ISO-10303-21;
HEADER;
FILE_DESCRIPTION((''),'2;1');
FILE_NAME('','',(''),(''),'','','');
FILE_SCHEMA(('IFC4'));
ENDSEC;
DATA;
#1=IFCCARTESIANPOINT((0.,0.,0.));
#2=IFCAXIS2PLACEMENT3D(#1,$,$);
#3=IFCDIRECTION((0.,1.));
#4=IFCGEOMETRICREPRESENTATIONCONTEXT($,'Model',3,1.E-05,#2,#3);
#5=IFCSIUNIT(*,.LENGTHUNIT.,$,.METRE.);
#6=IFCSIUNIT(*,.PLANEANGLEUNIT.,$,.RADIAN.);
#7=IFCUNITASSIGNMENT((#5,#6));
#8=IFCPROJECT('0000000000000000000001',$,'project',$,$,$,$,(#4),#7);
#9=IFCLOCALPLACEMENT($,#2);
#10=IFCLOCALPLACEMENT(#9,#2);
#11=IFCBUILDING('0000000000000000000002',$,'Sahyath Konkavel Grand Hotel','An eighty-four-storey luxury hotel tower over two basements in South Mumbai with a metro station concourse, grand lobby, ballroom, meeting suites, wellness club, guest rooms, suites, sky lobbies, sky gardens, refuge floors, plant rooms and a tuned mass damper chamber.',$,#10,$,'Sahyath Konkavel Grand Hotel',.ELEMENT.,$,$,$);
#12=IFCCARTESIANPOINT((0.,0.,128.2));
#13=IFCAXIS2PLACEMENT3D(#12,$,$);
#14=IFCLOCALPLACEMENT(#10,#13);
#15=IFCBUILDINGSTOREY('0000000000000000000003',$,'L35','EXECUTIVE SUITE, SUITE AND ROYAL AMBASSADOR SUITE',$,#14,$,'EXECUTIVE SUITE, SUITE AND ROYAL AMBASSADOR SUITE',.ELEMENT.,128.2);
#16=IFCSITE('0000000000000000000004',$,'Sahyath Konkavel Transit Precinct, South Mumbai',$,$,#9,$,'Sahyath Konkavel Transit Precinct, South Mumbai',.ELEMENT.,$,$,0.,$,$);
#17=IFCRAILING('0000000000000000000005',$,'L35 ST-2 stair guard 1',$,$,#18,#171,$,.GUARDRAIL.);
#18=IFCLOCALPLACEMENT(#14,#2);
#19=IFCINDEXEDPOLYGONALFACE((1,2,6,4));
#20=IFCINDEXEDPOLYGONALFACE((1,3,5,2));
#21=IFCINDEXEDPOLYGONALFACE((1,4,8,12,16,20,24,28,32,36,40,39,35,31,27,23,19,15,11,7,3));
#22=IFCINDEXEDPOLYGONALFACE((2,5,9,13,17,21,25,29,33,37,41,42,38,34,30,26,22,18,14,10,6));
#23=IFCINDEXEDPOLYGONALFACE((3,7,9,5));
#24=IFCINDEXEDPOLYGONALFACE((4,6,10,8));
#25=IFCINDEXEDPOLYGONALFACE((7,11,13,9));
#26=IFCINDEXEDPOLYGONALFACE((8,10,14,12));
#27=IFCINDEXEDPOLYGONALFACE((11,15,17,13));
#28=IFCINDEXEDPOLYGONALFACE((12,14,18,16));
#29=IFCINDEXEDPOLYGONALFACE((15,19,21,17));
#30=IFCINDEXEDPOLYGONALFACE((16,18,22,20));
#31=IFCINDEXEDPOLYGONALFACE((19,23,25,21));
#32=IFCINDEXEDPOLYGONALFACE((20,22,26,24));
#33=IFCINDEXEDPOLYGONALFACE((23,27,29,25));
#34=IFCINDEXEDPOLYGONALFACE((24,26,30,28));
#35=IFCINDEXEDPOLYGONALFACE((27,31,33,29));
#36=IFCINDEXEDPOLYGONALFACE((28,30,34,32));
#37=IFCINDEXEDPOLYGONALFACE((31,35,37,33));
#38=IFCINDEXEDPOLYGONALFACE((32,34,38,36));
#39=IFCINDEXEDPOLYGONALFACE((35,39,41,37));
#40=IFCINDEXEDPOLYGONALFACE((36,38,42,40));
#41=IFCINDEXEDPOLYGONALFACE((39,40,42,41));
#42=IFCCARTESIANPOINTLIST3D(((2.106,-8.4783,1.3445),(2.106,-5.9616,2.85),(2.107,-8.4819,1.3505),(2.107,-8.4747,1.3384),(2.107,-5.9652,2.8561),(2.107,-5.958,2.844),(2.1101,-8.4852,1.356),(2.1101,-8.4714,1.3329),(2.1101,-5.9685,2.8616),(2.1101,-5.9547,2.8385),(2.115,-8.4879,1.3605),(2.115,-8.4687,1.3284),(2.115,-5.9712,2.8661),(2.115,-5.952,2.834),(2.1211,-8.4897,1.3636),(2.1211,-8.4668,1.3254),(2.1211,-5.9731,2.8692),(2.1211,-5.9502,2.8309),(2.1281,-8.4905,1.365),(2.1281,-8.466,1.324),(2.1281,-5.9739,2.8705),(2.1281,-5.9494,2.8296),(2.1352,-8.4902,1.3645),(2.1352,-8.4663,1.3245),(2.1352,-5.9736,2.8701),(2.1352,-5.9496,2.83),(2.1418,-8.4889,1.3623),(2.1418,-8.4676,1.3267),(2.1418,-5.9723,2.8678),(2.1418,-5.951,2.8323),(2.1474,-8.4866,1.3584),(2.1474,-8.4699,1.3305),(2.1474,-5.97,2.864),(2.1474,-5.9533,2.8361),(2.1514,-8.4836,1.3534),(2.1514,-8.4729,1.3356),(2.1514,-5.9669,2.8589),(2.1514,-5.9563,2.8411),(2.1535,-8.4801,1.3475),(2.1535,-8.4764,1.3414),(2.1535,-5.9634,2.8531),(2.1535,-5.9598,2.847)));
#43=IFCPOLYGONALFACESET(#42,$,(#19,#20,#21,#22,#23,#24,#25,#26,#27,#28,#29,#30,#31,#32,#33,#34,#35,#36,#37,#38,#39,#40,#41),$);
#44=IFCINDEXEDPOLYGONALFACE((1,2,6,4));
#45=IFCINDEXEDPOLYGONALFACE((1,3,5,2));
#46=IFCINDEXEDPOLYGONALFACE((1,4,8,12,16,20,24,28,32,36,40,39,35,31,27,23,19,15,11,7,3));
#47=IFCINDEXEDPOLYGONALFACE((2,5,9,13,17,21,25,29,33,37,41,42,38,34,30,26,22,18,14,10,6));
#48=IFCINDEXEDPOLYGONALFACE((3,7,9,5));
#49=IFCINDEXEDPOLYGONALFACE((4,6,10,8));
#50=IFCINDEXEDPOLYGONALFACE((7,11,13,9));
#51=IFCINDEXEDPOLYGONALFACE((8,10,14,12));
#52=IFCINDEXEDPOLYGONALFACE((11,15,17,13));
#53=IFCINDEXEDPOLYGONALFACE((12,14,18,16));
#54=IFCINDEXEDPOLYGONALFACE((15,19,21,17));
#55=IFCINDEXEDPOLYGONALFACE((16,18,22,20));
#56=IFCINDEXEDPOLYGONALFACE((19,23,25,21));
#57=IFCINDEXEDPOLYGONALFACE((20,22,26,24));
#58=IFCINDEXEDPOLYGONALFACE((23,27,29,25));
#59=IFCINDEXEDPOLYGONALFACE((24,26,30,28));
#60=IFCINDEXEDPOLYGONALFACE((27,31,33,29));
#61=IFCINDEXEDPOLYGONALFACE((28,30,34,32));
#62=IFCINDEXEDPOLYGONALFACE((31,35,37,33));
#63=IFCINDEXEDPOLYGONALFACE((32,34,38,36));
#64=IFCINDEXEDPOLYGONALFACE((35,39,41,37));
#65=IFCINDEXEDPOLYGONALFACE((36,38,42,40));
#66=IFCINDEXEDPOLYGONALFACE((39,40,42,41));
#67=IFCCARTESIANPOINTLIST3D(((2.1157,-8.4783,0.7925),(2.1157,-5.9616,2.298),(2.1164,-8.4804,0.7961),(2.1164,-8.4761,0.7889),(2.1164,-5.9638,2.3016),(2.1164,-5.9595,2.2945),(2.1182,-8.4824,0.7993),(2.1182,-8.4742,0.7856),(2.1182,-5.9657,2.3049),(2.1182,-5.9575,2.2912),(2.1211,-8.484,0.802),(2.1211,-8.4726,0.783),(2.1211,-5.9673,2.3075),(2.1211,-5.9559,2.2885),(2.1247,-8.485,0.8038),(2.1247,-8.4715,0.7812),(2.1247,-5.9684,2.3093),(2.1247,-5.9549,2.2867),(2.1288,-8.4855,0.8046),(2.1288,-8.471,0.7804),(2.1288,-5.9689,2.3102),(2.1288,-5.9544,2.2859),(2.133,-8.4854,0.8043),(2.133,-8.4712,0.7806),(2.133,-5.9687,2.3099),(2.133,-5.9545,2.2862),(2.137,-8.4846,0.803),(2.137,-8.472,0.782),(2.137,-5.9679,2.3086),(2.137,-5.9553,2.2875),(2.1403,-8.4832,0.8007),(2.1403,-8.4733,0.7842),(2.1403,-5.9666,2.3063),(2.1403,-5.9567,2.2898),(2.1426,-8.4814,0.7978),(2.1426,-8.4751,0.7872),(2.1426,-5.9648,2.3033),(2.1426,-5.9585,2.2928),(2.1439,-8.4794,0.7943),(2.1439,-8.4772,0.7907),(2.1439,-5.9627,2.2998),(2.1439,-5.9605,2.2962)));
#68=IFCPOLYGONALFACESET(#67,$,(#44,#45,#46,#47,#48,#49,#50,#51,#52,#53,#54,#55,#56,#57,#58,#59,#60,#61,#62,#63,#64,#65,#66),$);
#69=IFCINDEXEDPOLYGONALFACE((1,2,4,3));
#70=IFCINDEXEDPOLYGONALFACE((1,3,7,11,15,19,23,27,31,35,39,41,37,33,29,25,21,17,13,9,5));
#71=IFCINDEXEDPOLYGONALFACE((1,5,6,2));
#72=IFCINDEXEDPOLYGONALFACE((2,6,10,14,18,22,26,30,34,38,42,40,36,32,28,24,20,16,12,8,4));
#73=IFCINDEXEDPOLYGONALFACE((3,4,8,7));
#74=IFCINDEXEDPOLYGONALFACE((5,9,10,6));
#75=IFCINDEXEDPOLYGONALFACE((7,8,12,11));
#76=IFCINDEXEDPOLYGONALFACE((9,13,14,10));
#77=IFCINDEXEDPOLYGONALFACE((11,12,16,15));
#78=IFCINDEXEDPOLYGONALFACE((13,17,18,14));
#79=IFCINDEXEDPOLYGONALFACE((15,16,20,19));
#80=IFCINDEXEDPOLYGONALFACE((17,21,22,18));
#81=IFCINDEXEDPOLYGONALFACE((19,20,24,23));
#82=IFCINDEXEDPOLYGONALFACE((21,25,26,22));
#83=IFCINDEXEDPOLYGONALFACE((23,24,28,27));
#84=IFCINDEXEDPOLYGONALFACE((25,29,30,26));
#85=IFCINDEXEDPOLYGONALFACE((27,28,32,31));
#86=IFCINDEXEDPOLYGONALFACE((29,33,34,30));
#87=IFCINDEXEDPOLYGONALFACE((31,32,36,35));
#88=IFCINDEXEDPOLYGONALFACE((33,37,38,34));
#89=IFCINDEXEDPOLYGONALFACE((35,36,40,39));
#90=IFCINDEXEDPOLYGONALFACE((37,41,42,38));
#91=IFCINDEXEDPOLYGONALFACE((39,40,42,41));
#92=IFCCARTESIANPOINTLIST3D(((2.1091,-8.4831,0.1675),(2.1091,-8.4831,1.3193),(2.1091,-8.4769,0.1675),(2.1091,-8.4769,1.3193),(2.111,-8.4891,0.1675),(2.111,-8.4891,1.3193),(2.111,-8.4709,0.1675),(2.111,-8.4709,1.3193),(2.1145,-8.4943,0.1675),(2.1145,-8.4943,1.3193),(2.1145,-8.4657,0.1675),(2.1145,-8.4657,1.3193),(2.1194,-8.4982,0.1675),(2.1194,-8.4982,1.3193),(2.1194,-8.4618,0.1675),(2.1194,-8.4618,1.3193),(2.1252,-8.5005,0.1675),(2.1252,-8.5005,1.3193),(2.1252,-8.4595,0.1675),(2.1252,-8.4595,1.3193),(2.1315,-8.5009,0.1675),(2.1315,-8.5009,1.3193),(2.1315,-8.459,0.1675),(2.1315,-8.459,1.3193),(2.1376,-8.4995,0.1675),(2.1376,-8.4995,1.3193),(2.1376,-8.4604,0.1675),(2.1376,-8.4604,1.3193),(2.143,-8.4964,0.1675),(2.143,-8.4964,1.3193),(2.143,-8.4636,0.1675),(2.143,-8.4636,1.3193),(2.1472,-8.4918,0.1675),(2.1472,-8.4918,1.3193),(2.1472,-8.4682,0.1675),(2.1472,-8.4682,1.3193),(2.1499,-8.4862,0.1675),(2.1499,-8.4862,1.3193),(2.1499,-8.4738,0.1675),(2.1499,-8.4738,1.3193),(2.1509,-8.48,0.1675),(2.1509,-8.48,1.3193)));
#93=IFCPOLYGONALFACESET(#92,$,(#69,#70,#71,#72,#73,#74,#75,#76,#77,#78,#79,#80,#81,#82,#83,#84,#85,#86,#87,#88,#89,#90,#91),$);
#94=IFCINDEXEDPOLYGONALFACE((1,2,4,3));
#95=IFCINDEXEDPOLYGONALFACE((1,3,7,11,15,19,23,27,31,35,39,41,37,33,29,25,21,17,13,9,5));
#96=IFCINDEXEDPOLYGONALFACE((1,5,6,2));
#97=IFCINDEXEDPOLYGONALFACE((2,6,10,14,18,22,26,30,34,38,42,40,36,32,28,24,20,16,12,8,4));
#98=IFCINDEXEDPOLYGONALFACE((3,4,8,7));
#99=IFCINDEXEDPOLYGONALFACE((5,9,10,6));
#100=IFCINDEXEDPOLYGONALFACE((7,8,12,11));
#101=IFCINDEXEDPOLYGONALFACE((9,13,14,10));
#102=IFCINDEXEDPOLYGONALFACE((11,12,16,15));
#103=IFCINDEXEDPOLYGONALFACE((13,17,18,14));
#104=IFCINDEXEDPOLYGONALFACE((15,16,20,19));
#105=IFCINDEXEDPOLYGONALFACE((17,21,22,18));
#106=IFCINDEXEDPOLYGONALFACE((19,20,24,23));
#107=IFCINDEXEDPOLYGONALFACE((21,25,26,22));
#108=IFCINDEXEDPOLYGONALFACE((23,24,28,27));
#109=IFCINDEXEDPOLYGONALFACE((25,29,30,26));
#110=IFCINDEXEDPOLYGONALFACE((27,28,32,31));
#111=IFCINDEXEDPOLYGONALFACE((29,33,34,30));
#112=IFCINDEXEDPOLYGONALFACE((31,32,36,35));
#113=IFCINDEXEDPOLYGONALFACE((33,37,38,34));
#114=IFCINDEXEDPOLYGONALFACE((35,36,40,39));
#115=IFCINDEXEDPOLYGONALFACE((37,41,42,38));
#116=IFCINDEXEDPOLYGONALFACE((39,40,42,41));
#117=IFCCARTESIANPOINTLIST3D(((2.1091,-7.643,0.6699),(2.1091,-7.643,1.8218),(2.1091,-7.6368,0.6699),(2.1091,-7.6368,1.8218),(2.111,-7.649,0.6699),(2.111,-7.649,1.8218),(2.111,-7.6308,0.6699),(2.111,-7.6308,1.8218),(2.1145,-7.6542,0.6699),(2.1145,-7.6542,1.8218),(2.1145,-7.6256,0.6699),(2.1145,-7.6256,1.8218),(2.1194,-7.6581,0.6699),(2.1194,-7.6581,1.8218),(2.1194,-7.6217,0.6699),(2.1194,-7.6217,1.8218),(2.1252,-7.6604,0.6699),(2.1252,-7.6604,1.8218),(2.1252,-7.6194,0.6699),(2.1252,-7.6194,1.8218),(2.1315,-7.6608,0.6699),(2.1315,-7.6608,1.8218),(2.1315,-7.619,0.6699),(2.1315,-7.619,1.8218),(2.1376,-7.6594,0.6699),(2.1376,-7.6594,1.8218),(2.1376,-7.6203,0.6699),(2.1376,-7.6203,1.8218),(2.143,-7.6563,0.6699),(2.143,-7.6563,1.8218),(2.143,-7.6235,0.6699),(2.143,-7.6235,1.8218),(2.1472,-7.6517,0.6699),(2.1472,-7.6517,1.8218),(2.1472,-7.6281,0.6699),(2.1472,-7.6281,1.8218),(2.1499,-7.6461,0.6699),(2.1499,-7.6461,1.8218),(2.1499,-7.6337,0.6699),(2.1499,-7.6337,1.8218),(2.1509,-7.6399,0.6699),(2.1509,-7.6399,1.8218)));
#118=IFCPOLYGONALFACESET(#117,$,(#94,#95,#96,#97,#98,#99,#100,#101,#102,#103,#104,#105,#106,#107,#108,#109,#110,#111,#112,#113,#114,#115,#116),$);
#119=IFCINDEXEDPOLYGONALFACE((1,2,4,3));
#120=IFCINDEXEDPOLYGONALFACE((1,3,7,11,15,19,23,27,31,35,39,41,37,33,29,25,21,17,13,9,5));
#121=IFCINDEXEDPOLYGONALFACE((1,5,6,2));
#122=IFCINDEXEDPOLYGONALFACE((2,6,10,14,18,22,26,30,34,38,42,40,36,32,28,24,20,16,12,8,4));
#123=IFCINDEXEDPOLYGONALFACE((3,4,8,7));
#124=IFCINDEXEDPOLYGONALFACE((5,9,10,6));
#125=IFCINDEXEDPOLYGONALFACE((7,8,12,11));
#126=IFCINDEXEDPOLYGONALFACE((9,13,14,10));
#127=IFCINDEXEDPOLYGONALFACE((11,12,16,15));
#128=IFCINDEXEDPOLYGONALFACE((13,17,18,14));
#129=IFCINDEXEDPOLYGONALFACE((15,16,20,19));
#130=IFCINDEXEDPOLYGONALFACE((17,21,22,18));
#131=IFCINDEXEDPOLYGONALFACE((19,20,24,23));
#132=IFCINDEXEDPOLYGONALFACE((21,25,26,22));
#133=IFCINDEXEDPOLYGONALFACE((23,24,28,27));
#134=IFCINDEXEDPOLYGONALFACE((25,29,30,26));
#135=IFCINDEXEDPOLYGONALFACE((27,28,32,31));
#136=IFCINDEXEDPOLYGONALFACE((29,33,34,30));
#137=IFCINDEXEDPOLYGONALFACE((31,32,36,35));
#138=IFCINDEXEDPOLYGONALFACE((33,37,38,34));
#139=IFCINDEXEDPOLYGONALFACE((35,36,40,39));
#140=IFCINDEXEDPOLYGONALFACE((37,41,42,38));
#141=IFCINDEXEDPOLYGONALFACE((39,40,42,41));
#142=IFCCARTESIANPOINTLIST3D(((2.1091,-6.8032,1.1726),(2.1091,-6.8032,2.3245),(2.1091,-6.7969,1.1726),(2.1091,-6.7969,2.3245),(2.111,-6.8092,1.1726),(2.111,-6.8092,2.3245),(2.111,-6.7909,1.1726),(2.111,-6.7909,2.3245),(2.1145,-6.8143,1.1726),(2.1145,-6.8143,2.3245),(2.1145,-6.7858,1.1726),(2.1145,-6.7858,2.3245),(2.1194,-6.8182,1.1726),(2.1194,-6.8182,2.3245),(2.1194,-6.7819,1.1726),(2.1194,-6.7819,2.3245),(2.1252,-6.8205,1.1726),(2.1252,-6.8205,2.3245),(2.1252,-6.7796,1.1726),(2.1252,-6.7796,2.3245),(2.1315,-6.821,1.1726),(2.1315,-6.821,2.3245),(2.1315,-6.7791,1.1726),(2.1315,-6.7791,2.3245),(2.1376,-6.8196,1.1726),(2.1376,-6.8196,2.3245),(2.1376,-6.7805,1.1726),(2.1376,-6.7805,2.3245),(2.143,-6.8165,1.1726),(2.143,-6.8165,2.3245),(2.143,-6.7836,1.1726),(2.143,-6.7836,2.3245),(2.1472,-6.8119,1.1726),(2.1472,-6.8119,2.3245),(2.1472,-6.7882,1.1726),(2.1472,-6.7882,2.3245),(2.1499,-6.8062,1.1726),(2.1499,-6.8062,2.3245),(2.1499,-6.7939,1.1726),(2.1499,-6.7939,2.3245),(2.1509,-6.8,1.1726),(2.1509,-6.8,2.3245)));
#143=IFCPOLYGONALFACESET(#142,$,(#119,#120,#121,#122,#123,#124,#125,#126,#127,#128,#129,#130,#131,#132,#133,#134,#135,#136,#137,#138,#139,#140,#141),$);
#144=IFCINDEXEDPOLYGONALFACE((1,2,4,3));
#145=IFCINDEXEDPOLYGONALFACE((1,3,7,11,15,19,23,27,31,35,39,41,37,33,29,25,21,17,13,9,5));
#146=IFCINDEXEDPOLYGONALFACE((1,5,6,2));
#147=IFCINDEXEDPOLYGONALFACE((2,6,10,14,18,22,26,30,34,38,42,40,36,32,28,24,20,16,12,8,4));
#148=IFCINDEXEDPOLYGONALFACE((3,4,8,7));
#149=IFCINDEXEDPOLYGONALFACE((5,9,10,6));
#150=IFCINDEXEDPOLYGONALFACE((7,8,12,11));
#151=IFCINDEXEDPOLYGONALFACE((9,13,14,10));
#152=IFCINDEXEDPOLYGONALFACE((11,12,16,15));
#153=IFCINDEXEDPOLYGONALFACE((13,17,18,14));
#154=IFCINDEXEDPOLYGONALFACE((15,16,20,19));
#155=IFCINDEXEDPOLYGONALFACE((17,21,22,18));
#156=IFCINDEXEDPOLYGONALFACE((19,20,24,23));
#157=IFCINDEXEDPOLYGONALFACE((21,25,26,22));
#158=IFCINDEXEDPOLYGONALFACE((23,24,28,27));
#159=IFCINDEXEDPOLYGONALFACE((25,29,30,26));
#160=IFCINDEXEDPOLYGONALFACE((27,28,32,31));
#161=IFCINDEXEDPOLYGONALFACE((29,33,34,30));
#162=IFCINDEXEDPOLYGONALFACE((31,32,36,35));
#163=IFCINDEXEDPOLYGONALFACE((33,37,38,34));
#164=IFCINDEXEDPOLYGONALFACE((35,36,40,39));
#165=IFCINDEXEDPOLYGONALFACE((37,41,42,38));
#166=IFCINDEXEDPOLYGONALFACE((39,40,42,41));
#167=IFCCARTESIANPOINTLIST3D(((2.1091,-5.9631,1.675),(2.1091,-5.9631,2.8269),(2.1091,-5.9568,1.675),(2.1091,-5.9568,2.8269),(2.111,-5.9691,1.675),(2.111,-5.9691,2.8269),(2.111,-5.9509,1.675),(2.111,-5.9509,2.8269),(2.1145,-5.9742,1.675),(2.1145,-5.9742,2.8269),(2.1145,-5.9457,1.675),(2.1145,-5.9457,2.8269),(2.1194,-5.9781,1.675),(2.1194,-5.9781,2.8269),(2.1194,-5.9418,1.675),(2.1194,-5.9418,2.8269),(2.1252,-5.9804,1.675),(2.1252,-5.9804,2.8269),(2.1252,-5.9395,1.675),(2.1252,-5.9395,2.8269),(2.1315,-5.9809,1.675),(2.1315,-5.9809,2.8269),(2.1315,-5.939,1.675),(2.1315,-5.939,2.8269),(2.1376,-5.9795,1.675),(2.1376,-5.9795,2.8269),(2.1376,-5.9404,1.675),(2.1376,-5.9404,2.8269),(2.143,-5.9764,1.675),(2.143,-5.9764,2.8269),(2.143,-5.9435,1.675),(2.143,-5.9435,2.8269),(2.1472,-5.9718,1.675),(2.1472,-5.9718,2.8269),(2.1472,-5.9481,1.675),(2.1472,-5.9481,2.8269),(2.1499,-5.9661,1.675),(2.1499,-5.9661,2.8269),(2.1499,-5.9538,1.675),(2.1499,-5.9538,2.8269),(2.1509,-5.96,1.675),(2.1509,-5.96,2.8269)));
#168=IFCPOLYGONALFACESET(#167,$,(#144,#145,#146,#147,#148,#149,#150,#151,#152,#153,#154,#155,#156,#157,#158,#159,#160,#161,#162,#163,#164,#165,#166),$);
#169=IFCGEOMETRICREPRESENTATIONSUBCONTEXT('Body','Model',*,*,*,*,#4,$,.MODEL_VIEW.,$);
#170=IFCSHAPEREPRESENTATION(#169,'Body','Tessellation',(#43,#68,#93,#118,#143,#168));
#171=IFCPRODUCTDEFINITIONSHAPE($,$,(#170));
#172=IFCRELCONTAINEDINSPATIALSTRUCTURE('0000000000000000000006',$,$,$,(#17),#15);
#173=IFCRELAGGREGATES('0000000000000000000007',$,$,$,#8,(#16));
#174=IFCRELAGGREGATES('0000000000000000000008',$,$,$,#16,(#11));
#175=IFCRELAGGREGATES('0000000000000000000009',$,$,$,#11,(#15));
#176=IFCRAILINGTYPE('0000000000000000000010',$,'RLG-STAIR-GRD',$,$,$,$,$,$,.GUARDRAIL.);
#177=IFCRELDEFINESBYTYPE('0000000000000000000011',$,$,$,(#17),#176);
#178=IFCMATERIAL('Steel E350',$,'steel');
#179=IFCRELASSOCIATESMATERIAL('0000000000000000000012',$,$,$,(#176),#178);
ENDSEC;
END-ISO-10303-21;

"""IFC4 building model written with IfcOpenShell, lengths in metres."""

from ifc_helpers import new_model, si_unit, direction, frame, origin, origin_2d, place, context, subcontext, project, spatial, circle, extrude, material, type_object, element, save


model = new_model("IFC4")

# Units and contexts
model_context = context("Model", 3, precision=1e-05, world=origin(), true_north=direction((0.0, 1.0)))
body_context = subcontext(model_context, "Body", "Model", "MODEL_VIEW")
ifc_project = project(units=[si_unit("LENGTHUNIT", "METRE"), si_unit("PLANEANGLEUNIT", "RADIAN")], contexts=[model_context])

# Site, building, storey
site_placement = place(None, origin())
site = spatial("IfcSite", under=ifc_project, at=site_placement, Name="Sahyath Konkavel Transit Precinct, South Mumbai", LongName="Sahyath Konkavel Transit Precinct, South Mumbai", CompositionType="ELEMENT", RefElevation=0.0)
building_placement = place(site_placement, origin())
building = spatial("IfcBuilding", under=site, at=building_placement, Name="Sahyath Konkavel Grand Hotel", Description="An eighty-four-storey luxury hotel tower over two basements in South Mumbai with a metro station concourse, grand lobby, ballroom, meeting suites, wellness club, guest rooms, suites, sky lobbies, sky gardens, refuge floors, plant rooms and a tuned mass damper chamber.", LongName="Sahyath Konkavel Grand Hotel", CompositionType="ELEMENT")
storey_placement = place(building_placement, frame((0.0, 0.0, 128.2)))
storey = spatial("IfcBuildingStorey", under=building, at=storey_placement, Name="L35", Description="EXECUTIVE SUITE, SUITE AND ROYAL AMBASSADOR SUITE", LongName="EXECUTIVE SUITE, SUITE AND ROYAL AMBASSADOR SUITE", CompositionType="ELEMENT", Elevation=128.2)

# Shared definitions
ifc_material_1 = material(Name="Steel E350", Category="steel")

# Railing
railing_type_1 = type_object("IfcRailingType", Name="RLG-STAIR-GRD", PredefinedType="GUARDRAIL", material=ifc_material_1)
railing_1_placement = place(storey_placement, frame((2.1299, -8.48, 0.1675)))
element("IfcRailing", 1, at=railing_1_placement, inside=storey, type_object=railing_type_1, Name="L35 ST-2 stair guard 1", PredefinedType="GUARDRAIL", context=body_context, shape_type="SweptSolid", body=[
    extrude(circle(Radius=0.0239, at=origin_2d()), frame((0.0, 0.0017, 1.177), z_axis=(0.0, 0.85816, 0.513383), x_axis=(-1.0, 0.0, 0.0)), (0.0, 0.0, 1.0), 2.9326),
    extrude(circle(Radius=0.0142, at=origin_2d()), frame((0.0, 0.0017, 0.625), z_axis=(0.0, 0.85816, 0.513383), x_axis=(-1.0, 0.0, 0.0)), (0.0, 0.0, 1.0), 2.9326),
    extrude(circle(Radius=0.021, at=origin_2d()), origin(), (0.0, 0.0, 1.0), 1.1519),
    extrude(circle(Radius=0.021, at=origin_2d()), frame((0.0, 0.8401, 0.5024)), (0.0, 0.0, 1.0), 1.1519),
    extrude(circle(Radius=0.021, at=origin_2d()), frame((0.0, 1.6799, 1.0051)), (0.0, 0.0, 1.0), 1.1519),
    extrude(circle(Radius=0.021, at=origin_2d()), frame((0.0, 2.52, 1.5076)), (0.0, 0.0, 1.0), 1.1519),
])

save(model, "model.ifc")
